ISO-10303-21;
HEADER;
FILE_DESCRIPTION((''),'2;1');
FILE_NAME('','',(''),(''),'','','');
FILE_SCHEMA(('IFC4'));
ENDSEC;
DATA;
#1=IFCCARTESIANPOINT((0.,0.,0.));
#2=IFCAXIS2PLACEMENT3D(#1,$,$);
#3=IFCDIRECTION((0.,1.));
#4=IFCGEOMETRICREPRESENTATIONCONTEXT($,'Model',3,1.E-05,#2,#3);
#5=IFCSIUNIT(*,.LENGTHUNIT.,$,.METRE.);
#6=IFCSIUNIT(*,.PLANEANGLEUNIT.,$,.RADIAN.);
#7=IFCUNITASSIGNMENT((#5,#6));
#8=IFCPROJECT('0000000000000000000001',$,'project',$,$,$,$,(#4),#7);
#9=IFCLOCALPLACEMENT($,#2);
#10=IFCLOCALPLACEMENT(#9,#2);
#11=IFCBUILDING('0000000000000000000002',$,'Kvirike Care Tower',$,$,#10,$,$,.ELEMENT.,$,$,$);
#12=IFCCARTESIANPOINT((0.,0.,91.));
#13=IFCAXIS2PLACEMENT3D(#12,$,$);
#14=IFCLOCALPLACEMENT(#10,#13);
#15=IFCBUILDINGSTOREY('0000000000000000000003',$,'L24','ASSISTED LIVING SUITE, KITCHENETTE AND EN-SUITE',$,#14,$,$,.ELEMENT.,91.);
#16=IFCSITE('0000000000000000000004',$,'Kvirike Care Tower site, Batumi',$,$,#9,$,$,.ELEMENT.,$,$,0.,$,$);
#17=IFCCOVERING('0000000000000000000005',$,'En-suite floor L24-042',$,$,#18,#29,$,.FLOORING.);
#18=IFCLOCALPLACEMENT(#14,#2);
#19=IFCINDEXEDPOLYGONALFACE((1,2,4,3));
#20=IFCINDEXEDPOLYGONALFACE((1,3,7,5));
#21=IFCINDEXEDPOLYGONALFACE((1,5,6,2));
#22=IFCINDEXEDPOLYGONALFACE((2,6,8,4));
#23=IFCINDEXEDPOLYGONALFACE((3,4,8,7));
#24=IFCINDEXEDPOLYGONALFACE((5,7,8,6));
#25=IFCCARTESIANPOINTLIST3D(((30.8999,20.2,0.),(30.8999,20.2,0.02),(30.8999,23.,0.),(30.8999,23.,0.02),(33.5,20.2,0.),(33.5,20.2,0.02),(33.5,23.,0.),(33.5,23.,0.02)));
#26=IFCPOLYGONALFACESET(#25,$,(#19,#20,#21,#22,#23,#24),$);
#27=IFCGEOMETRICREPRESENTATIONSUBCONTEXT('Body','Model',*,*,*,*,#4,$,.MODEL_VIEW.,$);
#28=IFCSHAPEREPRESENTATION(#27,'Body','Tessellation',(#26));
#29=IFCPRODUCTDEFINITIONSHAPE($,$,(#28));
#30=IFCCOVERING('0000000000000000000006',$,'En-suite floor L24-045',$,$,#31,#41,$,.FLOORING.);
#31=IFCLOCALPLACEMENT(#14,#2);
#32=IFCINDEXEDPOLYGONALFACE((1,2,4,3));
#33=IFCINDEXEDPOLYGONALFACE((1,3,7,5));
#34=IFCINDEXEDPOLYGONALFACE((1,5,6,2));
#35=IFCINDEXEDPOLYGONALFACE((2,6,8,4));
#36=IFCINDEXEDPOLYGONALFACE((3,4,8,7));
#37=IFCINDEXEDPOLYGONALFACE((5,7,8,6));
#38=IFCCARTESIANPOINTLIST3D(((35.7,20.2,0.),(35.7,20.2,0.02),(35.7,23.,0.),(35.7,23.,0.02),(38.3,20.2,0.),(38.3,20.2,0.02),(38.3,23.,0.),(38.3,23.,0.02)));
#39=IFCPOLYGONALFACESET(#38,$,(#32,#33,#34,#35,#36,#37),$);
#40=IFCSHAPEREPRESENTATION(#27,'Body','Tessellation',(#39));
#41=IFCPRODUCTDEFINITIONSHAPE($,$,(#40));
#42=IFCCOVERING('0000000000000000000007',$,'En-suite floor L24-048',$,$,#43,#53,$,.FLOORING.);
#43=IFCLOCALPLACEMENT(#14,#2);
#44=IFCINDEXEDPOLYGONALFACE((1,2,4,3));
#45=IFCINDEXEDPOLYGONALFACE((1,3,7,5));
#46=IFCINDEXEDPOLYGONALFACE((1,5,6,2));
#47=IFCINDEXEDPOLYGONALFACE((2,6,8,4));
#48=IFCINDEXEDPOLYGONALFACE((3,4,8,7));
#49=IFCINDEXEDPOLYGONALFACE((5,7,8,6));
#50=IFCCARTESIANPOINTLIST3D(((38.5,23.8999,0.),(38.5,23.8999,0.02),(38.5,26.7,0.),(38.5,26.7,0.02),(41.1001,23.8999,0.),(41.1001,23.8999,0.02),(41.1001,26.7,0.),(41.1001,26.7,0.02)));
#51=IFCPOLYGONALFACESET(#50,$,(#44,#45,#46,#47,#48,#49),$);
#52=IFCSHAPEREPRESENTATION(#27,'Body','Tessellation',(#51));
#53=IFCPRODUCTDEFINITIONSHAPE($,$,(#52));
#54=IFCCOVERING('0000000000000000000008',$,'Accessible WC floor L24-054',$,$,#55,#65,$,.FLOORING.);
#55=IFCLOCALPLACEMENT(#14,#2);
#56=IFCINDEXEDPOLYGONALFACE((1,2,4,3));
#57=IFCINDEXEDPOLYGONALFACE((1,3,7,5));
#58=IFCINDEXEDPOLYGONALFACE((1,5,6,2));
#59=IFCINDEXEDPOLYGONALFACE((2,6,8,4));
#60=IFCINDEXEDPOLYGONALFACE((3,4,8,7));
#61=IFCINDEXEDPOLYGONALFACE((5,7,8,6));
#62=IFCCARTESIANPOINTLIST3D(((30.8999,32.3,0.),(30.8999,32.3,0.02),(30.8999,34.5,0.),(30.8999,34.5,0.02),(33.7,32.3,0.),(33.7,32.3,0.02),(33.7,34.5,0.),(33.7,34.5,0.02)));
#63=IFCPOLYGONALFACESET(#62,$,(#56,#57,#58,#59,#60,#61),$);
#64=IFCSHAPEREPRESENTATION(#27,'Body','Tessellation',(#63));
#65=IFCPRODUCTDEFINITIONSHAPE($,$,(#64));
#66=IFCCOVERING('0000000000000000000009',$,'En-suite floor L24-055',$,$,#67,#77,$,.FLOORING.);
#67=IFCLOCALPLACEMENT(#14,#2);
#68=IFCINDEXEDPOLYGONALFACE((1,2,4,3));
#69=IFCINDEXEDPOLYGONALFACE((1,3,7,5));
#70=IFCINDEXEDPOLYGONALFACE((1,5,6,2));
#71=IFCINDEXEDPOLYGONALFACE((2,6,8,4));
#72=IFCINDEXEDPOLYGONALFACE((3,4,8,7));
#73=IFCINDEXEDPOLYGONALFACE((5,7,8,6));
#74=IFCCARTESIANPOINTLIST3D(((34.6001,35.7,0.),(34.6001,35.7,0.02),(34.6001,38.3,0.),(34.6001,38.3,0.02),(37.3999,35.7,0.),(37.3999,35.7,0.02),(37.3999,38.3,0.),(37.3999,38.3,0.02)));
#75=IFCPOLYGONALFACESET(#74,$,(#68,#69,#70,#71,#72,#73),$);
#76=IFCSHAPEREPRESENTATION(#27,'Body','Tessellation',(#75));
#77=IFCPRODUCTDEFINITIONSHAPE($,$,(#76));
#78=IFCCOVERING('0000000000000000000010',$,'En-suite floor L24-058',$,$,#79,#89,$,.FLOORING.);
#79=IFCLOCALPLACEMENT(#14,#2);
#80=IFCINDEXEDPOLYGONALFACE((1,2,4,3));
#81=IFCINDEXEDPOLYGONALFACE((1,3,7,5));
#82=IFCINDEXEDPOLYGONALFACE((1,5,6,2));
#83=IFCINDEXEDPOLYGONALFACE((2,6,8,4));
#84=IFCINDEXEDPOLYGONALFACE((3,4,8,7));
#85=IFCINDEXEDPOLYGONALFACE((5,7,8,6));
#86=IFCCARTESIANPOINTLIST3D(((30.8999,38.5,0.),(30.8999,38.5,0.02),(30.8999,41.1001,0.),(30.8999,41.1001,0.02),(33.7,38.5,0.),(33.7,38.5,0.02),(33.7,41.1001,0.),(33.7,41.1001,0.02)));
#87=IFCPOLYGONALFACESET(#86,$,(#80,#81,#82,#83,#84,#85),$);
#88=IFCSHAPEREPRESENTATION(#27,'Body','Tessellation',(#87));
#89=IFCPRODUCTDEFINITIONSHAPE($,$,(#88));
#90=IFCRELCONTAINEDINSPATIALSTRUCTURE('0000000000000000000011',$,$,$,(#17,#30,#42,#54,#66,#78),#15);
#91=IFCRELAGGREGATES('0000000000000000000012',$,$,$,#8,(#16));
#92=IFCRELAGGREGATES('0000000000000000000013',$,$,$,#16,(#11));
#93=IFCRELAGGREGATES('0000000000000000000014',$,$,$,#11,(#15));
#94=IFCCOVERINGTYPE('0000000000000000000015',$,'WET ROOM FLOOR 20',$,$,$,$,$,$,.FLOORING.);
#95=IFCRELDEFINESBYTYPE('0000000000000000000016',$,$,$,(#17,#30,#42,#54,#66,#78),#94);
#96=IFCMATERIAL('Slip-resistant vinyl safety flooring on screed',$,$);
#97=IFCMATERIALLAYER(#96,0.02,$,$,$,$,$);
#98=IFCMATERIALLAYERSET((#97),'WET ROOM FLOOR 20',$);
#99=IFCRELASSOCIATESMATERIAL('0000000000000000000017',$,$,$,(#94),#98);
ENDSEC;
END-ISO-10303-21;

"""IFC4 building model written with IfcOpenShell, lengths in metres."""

from ifc_helpers import new_model, si_unit, direction, frame, origin, place, context, subcontext, project, spatial, polyline, outline, extrude, material, layer, layer_set, type_object, element, save


model = new_model("IFC4")

# Units and contexts
model_context = context("Model", 3, precision=1e-05, world=origin(), true_north=direction((0.0, 1.0)))
body_context = subcontext(model_context, "Body", "Model", "MODEL_VIEW")
ifc_project = project(units=[si_unit("LENGTHUNIT", "METRE"), si_unit("PLANEANGLEUNIT", "RADIAN")], contexts=[model_context])

# Site, building, storey
site_placement = place(None, origin())
site = spatial("IfcSite", under=ifc_project, at=site_placement, Name="Kvirike Care Tower site, Batumi", CompositionType="ELEMENT", RefElevation=0.0)
building_placement = place(site_placement, origin())
building = spatial("IfcBuilding", under=site, at=building_placement, Name="Kvirike Care Tower", CompositionType="ELEMENT")
storey_placement = place(building_placement, frame((0.0, 0.0, 91.0)))
storey = spatial("IfcBuildingStorey", under=building, at=storey_placement, Name="L24", Description="ASSISTED LIVING SUITE, KITCHENETTE AND EN-SUITE", CompositionType="ELEMENT", Elevation=91.0)

# Coverings
ifc_material_1 = material(Name="Slip-resistant vinyl safety flooring on screed")
ifc_layer_1 = layer(ifc_material_1, 0.02)
ifc_layer_set_1 = layer_set([ifc_layer_1], Name="WET ROOM FLOOR 20")
covering_type_1 = type_object("IfcCoveringType", Name="WET ROOM FLOOR 20", PredefinedType="FLOORING", material=ifc_layer_set_1)
covering_1_placement = place(storey_placement, origin())
element("IfcCovering", 1, at=covering_1_placement, inside=storey, type_object=covering_type_1, Name="En-suite floor L24-042", PredefinedType="FLOORING", context=body_context, shape_type="SweptSolid", body=[
    extrude(outline(polyline([(30.8999, 20.2), (30.8999, 23.0), (33.5, 23.0), (33.5, 20.2), (30.8999, 20.2)])), origin(), (0.0, 0.0, 1.0), 0.02),
])
covering_2_placement = place(storey_placement, origin())
element("IfcCovering", 2, at=covering_2_placement, inside=storey, type_object=covering_type_1, Name="En-suite floor L24-045", PredefinedType="FLOORING", context=body_context, shape_type="SweptSolid", body=[
    extrude(outline(polyline([(35.7, 20.2), (35.7, 23.0), (38.3, 23.0), (38.3, 20.2), (35.7, 20.2)])), origin(), (0.0, 0.0, 1.0), 0.02),
])
covering_3_placement = place(storey_placement, origin())
element("IfcCovering", 3, at=covering_3_placement, inside=storey, type_object=covering_type_1, Name="En-suite floor L24-048", PredefinedType="FLOORING", context=body_context, shape_type="SweptSolid", body=[
    extrude(outline(polyline([(38.5, 23.8999), (38.5, 26.7), (41.1001, 26.7), (41.1001, 23.8999), (38.5, 23.8999)])), origin(), (0.0, 0.0, 1.0), 0.02),
])
covering_4_placement = place(storey_placement, origin())
element("IfcCovering", 4, at=covering_4_placement, inside=storey, type_object=covering_type_1, Name="Accessible WC floor L24-054", PredefinedType="FLOORING", context=body_context, shape_type="SweptSolid", body=[
    extrude(outline(polyline([(33.7, 32.3), (30.8999, 32.3), (30.8999, 34.5), (33.7, 34.5), (33.7, 32.3)])), origin(), (0.0, 0.0, 1.0), 0.02),
])
covering_5_placement = place(storey_placement, origin())
element("IfcCovering", 5, at=covering_5_placement, inside=storey, type_object=covering_type_1, Name="En-suite floor L24-055", PredefinedType="FLOORING", context=body_context, shape_type="SweptSolid", body=[
    extrude(outline(polyline([(37.3999, 35.7), (34.6001, 35.7), (34.6001, 38.3), (37.3999, 38.3), (37.3999, 35.7)])), origin(), (0.0, 0.0, 1.0), 0.02),
])
covering_6_placement = place(storey_placement, origin())
element("IfcCovering", 6, at=covering_6_placement, inside=storey, type_object=covering_type_1, Name="En-suite floor L24-058", PredefinedType="FLOORING", context=body_context, shape_type="SweptSolid", body=[
    extrude(outline(polyline([(33.7, 38.5), (30.8999, 38.5), (30.8999, 41.1001), (33.7, 41.1001), (33.7, 38.5)])), origin(), (0.0, 0.0, 1.0), 0.02),
])

save(model, "model.ifc")
